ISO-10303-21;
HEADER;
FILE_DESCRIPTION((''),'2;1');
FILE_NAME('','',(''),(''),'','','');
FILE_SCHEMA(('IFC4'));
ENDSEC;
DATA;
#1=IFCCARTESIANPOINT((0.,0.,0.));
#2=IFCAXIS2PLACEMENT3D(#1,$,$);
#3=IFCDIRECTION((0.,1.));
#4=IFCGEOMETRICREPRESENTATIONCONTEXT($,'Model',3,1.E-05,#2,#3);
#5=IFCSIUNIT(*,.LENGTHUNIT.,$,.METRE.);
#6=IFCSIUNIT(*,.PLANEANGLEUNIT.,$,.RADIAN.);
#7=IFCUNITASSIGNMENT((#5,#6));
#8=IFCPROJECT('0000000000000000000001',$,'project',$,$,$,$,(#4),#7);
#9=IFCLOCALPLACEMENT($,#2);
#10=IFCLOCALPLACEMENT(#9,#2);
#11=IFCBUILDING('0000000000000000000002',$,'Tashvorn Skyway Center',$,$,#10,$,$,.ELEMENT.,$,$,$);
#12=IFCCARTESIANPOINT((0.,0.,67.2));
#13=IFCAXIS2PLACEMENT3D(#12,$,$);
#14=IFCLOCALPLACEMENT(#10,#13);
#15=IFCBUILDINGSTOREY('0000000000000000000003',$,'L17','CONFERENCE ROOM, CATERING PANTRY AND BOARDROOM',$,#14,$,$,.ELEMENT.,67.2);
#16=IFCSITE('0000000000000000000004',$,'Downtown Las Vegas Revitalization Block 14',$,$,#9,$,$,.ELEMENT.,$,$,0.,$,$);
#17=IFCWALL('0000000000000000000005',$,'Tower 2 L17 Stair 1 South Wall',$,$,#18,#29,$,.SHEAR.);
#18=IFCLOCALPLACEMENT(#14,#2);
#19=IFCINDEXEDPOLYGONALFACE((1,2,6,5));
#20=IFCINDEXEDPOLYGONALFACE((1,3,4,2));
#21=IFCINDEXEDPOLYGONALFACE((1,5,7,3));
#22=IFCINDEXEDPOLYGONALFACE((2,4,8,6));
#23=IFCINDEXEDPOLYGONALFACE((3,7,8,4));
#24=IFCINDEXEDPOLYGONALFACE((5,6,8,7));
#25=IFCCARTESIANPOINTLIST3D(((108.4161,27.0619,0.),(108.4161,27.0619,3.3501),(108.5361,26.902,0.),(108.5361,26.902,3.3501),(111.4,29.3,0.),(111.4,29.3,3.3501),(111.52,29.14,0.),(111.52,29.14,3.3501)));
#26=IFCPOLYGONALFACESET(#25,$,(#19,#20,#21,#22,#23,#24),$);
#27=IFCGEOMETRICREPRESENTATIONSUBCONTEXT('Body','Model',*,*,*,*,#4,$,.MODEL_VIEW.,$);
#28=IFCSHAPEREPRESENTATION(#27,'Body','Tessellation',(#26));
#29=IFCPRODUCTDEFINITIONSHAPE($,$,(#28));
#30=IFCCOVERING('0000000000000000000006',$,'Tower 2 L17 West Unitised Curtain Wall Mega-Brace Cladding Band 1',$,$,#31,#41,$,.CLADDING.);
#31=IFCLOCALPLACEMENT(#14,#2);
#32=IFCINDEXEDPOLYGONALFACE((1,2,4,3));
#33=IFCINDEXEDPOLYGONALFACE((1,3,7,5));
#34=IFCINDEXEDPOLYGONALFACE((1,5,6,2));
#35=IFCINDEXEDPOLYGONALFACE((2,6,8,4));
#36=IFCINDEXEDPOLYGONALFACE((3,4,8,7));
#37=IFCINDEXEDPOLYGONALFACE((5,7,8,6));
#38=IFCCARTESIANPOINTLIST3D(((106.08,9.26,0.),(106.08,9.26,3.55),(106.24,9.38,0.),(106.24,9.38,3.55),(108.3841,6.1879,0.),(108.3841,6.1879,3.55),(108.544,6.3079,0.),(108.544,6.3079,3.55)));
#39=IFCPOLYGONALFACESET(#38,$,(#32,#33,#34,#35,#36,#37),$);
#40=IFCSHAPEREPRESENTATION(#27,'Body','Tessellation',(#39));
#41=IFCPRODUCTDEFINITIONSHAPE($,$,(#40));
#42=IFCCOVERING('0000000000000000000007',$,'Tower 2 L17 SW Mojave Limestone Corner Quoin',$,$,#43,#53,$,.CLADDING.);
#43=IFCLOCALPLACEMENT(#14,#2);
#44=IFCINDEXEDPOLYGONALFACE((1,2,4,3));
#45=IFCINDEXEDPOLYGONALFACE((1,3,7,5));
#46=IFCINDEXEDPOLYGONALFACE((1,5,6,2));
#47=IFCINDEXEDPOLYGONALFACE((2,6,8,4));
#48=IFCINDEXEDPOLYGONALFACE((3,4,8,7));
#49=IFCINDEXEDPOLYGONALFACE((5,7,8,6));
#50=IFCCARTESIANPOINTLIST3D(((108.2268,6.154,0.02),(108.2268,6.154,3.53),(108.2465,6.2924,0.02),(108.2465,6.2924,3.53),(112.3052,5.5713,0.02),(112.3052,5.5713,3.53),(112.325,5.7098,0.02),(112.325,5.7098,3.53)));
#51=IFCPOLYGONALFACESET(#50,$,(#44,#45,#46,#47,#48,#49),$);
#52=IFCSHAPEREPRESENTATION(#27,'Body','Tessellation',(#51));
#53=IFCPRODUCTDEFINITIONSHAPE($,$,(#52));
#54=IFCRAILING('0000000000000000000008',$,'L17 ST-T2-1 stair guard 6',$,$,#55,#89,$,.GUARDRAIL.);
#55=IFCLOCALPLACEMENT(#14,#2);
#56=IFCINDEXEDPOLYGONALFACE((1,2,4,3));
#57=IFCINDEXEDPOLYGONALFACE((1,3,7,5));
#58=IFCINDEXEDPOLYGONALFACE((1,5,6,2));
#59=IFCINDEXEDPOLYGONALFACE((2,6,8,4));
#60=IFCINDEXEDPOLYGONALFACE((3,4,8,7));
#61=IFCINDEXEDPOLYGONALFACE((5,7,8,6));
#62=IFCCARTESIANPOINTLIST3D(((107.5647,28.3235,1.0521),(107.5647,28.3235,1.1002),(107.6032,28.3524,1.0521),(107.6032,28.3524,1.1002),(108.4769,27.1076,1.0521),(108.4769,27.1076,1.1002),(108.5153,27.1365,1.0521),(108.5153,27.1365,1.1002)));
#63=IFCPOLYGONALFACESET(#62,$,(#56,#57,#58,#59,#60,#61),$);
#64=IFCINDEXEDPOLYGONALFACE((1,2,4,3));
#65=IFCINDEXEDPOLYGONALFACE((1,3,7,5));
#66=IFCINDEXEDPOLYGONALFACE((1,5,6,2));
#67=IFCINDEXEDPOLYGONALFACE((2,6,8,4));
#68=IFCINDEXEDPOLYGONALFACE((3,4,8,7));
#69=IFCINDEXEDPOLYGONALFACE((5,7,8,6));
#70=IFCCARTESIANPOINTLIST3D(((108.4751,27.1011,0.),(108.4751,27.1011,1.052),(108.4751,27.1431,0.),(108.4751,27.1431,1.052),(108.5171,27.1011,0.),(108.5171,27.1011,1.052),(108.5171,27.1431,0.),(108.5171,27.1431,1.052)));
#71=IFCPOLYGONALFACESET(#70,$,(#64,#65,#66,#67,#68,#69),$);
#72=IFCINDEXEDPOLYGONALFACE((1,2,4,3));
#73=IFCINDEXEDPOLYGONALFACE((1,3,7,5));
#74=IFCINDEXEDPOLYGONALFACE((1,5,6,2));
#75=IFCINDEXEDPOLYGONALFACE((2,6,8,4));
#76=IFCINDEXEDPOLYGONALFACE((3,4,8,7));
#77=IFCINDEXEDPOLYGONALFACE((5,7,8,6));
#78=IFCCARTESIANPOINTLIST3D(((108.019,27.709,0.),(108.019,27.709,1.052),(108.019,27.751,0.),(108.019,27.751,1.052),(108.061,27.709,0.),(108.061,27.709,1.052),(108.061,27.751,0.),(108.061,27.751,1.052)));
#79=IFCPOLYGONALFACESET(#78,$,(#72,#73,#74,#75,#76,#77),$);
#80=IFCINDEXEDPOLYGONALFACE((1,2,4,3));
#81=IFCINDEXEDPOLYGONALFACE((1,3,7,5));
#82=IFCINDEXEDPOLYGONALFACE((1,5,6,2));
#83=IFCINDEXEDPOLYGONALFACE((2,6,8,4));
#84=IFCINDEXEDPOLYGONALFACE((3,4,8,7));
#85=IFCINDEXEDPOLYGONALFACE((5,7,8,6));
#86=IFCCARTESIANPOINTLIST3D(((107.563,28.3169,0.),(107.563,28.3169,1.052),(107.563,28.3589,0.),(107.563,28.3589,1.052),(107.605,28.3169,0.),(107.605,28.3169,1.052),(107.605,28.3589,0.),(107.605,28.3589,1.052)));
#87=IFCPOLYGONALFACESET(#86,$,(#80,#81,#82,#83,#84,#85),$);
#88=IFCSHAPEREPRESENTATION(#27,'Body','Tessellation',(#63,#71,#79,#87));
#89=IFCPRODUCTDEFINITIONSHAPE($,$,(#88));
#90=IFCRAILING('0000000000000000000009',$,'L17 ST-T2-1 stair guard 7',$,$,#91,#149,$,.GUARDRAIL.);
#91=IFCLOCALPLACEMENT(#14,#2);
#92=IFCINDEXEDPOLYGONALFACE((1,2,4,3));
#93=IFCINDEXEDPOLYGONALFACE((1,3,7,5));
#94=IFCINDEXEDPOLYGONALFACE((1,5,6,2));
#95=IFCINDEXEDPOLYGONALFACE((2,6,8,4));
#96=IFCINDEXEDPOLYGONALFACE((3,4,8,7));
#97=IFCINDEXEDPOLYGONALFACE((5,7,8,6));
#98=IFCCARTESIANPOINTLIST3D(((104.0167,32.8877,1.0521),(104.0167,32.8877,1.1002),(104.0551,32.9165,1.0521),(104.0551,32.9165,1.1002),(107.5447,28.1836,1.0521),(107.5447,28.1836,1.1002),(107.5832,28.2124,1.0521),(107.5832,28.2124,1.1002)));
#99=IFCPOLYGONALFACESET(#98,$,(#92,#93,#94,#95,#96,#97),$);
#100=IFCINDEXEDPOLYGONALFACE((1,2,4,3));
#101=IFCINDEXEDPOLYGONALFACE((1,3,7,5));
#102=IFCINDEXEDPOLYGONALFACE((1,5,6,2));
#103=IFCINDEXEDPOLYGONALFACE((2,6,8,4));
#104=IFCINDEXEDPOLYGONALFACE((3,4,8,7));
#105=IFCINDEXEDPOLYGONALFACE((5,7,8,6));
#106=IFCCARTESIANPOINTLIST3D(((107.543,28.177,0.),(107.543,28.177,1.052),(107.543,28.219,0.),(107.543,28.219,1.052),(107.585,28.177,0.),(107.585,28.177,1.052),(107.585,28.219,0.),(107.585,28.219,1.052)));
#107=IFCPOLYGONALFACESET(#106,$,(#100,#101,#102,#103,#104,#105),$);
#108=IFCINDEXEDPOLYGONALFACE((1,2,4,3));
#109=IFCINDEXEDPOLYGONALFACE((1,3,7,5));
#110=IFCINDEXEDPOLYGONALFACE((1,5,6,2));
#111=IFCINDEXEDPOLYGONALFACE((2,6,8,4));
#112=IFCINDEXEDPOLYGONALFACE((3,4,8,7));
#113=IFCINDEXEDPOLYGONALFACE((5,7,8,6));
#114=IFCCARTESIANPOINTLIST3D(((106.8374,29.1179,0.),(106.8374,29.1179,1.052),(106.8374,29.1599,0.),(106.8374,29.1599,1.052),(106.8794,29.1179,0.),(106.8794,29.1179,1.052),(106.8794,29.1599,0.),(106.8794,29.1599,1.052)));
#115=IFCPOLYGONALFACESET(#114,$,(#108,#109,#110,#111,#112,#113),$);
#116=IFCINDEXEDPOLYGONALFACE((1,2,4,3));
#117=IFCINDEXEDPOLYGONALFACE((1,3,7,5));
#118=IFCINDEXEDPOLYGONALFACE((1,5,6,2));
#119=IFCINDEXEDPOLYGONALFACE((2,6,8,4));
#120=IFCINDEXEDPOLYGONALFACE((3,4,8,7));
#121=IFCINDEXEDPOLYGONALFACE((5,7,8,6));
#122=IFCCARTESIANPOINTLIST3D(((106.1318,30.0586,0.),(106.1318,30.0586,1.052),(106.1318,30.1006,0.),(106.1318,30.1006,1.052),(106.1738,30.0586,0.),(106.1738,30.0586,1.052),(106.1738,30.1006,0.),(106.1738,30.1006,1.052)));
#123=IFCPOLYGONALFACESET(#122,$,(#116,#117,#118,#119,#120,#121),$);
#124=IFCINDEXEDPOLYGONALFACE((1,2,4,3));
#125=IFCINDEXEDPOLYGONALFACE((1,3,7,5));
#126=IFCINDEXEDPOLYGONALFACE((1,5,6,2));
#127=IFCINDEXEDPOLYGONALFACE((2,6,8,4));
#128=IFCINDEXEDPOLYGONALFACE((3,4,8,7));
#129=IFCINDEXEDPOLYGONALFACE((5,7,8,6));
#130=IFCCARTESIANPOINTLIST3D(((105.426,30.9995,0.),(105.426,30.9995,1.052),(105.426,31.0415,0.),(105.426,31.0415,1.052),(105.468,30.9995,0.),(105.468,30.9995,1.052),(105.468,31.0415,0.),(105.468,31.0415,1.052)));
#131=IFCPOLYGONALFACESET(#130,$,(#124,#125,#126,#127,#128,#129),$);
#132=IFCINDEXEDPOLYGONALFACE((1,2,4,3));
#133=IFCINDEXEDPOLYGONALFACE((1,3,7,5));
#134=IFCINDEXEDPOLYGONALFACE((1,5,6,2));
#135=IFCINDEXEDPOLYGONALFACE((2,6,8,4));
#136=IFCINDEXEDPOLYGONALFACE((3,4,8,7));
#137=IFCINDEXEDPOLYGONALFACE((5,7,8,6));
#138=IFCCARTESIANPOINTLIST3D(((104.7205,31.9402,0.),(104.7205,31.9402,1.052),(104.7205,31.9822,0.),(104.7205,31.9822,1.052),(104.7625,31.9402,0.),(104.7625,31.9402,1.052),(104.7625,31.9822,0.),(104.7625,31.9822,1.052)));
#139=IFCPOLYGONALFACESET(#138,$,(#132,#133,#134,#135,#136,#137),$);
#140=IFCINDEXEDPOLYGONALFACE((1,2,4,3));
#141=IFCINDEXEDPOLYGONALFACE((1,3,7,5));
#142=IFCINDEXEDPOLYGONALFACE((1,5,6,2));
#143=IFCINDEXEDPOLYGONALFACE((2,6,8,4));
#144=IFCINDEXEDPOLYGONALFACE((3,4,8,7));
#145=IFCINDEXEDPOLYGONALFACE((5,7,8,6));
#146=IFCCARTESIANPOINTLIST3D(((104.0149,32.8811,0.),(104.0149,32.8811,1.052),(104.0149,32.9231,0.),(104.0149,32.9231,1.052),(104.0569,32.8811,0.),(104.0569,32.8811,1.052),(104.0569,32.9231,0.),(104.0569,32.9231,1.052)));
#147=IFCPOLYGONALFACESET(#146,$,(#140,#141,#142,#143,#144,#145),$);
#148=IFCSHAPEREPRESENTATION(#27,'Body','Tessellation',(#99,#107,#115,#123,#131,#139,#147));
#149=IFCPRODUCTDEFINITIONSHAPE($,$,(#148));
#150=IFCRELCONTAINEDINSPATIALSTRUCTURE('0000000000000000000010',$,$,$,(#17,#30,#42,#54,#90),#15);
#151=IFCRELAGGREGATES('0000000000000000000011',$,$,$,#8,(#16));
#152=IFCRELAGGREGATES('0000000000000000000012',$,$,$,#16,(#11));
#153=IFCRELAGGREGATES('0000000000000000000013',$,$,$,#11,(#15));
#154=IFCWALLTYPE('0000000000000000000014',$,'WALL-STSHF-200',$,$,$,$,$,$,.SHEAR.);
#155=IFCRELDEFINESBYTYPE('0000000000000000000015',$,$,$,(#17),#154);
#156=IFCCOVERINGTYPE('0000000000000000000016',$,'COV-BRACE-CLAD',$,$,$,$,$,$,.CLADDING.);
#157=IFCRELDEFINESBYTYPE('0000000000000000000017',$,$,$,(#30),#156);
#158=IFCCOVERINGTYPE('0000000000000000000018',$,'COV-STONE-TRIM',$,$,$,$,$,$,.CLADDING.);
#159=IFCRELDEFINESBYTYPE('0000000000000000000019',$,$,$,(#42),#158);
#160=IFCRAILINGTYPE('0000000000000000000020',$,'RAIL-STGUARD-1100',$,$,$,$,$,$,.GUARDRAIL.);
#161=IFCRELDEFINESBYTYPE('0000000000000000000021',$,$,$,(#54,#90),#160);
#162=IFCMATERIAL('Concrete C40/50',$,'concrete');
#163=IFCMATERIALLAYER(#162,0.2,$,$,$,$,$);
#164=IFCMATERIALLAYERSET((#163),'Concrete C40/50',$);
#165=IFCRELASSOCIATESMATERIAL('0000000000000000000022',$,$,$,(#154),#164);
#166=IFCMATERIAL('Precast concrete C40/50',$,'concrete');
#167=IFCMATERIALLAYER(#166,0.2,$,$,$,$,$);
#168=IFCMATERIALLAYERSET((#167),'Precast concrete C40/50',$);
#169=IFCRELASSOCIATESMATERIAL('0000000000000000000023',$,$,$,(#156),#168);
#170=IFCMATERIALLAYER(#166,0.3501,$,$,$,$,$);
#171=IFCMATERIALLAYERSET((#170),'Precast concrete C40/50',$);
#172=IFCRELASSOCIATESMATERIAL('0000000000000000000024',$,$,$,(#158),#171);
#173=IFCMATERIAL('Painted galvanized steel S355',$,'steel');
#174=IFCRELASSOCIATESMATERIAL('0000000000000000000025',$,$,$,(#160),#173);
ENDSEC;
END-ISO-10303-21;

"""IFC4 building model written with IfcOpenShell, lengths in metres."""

from ifc_helpers import new_model, si_unit, direction, frame, frame_2d, origin, origin_2d, place, context, subcontext, project, spatial, rectangle, extrude, material, layer, layer_set, type_object, element, save


model = new_model("IFC4")

# Units and contexts
model_context = context("Model", 3, precision=1e-05, world=origin(), true_north=direction((0.0, 1.0)))
body_context = subcontext(model_context, "Body", "Model", "MODEL_VIEW")
ifc_project = project(units=[si_unit("LENGTHUNIT", "METRE"), si_unit("PLANEANGLEUNIT", "RADIAN")], contexts=[model_context])

# Site, building, storey
site_placement = place(None, origin())
site = spatial("IfcSite", under=ifc_project, at=site_placement, Name="Downtown Las Vegas Revitalization Block 14", CompositionType="ELEMENT", RefElevation=0.0)
building_placement = place(site_placement, origin())
building = spatial("IfcBuilding", under=site, at=building_placement, Name="Tashvorn Skyway Center", CompositionType="ELEMENT")
storey_placement = place(building_placement, frame((0.0, 0.0, 67.2)))
storey = spatial("IfcBuildingStorey", under=building, at=storey_placement, Name="L17", Description="CONFERENCE ROOM, CATERING PANTRY AND BOARDROOM", CompositionType="ELEMENT", Elevation=67.2)

# Shared definitions
ifc_material_1 = material(Name="Precast concrete C40/50", Category="concrete")

# Shared definitions
ifc_material_2 = material(Name="Concrete C40/50", Category="concrete")

# Shared definitions
ifc_layer_1 = layer(ifc_material_2, 0.2)
ifc_layer_set_1 = layer_set([ifc_layer_1], Name="Concrete C40/50")
wall_type_1 = type_object("IfcWallType", Name="WALL-STSHF-200", PredefinedType="SHEAR", material=ifc_layer_set_1)

# Wall
wall_1_placement = place(storey_placement, frame((108.4761, 26.9819, 0.0), z_axis=(0.0, 0.0, 1.0), x_axis=(0.799984, 0.600021, 0.0)))
element("IfcWall", 1, at=wall_1_placement, inside=storey, type_object=wall_type_1, Name="Tower 2 L17 Stair 1 South Wall", PredefinedType="SHEAR", context=body_context, shape_type="SweptSolid", body=[
    extrude(rectangle(XDim=3.73, YDim=0.2, at=frame_2d((1.865, 0.0))), origin(), (0.0, 0.0, 1.0), 3.3501),
])

# Coverings
ifc_layer_2 = layer(ifc_material_1, 0.2)
ifc_layer_set_2 = layer_set([ifc_layer_2], Name="Precast concrete C40/50")
covering_type_1 = type_object("IfcCoveringType", Name="COV-BRACE-CLAD", PredefinedType="CLADDING", material=ifc_layer_set_2)
covering_1_placement = place(storey_placement, frame((107.312, 7.7839, 0.0), z_axis=(0.0, 0.0, 1.0), x_axis=(-0.6, 0.8, 0.0)))
element("IfcCovering", 2, at=covering_1_placement, inside=storey, type_object=covering_type_1, Name="Tower 2 L17 West Unitised Curtain Wall Mega-Brace Cladding Band 1", PredefinedType="CLADDING", context=body_context, shape_type="SweptSolid", body=[
    extrude(rectangle(XDim=3.8401, YDim=0.2, at=origin_2d()), origin(), (0.0, 0.0, 1.0), 3.55),
])
ifc_layer_3 = layer(ifc_material_1, 0.3501)
ifc_layer_set_3 = layer_set([ifc_layer_3], Name="Precast concrete C40/50")
covering_type_2 = type_object("IfcCoveringType", Name="COV-STONE-TRIM", PredefinedType="CLADDING", material=ifc_layer_set_3)
covering_2_placement = place(storey_placement, frame((110.2759, 5.9319, 0.02), z_axis=(0.0, 0.0, 1.0), x_axis=(-0.989949, 0.141421, 0.0)))
element("IfcCovering", 3, at=covering_2_placement, inside=storey, type_object=covering_type_2, Name="Tower 2 L17 SW Mojave Limestone Corner Quoin", PredefinedType="CLADDING", context=body_context, shape_type="SweptSolid", body=[
    extrude(rectangle(XDim=4.1199, YDim=0.1399, at=origin_2d()), origin(), (0.0, 0.0, 1.0), 3.51),
])

# Railings
ifc_material_3 = material(Name="Painted galvanized steel S355", Category="steel")
railing_type = type_object("IfcRailingType", Name="RAIL-STGUARD-1100", PredefinedType="GUARDRAIL", material=ifc_material_3)
railing_1_placement = place(storey_placement, frame((108.4961, 27.1221, 0.0)))
element("IfcRailing", 4, at=railing_1_placement, inside=storey, type_object=railing_type, Name="L17 ST-T2-1 stair guard 6", PredefinedType="GUARDRAIL", context=body_context, shape_type="SweptSolid", body=[
    extrude(rectangle(XDim=0.0481, YDim=0.0481, at=origin_2d()), frame((0.0, 0.0, 1.0762), z_axis=(-0.600103, 0.799923, 0.0), x_axis=(-0.799923, -0.600103, 0.0)), (0.0, 0.0, 1.0), 1.52),
    extrude(rectangle(XDim=0.042, YDim=0.042, at=origin_2d()), origin(), (0.0, 0.0, 1.0), 1.052),
    extrude(rectangle(XDim=0.042, YDim=0.042, at=origin_2d()), frame((-0.4561, 0.6079, 0.0)), (0.0, 0.0, 1.0), 1.052),
    extrude(rectangle(XDim=0.042, YDim=0.042, at=origin_2d()), frame((-0.9121, 1.2158, 0.0)), (0.0, 0.0, 1.0), 1.052),
])
railing_2_placement = place(storey_placement, frame((107.564, 28.198, 0.0)))
element("IfcRailing", 5, at=railing_2_placement, inside=storey, type_object=railing_type, Name="L17 ST-T2-1 stair guard 7", PredefinedType="GUARDRAIL", context=body_context, shape_type="SweptSolid", body=[
    extrude(rectangle(XDim=0.0481, YDim=0.0481, at=origin_2d()), frame((0.0, 0.0, 1.0762), z_axis=(-0.6, 0.8, 0.0), x_axis=(-0.8, -0.6, 0.0)), (0.0, 0.0, 1.0), 5.8801),
    extrude(rectangle(XDim=0.042, YDim=0.042, at=origin_2d()), origin(), (0.0, 0.0, 1.0), 1.052),
    extrude(rectangle(XDim=0.042, YDim=0.042, at=origin_2d()), frame((-0.7056, 0.9409, 0.0)), (0.0, 0.0, 1.0), 1.052),
    extrude(rectangle(XDim=0.042, YDim=0.042, at=origin_2d()), frame((-1.4111, 1.8816, 0.0)), (0.0, 0.0, 1.0), 1.052),
    extrude(rectangle(XDim=0.042, YDim=0.042, at=origin_2d()), frame((-2.1169, 2.8225, 0.0)), (0.0, 0.0, 1.0), 1.052),
    extrude(rectangle(XDim=0.042, YDim=0.042, at=origin_2d()), frame((-2.8225, 3.7632, 0.0)), (0.0, 0.0, 1.0), 1.052),
    extrude(rectangle(XDim=0.042, YDim=0.042, at=origin_2d()), frame((-3.5281, 4.7041, 0.0)), (0.0, 0.0, 1.0), 1.052),
])

save(model, "model.ifc")
